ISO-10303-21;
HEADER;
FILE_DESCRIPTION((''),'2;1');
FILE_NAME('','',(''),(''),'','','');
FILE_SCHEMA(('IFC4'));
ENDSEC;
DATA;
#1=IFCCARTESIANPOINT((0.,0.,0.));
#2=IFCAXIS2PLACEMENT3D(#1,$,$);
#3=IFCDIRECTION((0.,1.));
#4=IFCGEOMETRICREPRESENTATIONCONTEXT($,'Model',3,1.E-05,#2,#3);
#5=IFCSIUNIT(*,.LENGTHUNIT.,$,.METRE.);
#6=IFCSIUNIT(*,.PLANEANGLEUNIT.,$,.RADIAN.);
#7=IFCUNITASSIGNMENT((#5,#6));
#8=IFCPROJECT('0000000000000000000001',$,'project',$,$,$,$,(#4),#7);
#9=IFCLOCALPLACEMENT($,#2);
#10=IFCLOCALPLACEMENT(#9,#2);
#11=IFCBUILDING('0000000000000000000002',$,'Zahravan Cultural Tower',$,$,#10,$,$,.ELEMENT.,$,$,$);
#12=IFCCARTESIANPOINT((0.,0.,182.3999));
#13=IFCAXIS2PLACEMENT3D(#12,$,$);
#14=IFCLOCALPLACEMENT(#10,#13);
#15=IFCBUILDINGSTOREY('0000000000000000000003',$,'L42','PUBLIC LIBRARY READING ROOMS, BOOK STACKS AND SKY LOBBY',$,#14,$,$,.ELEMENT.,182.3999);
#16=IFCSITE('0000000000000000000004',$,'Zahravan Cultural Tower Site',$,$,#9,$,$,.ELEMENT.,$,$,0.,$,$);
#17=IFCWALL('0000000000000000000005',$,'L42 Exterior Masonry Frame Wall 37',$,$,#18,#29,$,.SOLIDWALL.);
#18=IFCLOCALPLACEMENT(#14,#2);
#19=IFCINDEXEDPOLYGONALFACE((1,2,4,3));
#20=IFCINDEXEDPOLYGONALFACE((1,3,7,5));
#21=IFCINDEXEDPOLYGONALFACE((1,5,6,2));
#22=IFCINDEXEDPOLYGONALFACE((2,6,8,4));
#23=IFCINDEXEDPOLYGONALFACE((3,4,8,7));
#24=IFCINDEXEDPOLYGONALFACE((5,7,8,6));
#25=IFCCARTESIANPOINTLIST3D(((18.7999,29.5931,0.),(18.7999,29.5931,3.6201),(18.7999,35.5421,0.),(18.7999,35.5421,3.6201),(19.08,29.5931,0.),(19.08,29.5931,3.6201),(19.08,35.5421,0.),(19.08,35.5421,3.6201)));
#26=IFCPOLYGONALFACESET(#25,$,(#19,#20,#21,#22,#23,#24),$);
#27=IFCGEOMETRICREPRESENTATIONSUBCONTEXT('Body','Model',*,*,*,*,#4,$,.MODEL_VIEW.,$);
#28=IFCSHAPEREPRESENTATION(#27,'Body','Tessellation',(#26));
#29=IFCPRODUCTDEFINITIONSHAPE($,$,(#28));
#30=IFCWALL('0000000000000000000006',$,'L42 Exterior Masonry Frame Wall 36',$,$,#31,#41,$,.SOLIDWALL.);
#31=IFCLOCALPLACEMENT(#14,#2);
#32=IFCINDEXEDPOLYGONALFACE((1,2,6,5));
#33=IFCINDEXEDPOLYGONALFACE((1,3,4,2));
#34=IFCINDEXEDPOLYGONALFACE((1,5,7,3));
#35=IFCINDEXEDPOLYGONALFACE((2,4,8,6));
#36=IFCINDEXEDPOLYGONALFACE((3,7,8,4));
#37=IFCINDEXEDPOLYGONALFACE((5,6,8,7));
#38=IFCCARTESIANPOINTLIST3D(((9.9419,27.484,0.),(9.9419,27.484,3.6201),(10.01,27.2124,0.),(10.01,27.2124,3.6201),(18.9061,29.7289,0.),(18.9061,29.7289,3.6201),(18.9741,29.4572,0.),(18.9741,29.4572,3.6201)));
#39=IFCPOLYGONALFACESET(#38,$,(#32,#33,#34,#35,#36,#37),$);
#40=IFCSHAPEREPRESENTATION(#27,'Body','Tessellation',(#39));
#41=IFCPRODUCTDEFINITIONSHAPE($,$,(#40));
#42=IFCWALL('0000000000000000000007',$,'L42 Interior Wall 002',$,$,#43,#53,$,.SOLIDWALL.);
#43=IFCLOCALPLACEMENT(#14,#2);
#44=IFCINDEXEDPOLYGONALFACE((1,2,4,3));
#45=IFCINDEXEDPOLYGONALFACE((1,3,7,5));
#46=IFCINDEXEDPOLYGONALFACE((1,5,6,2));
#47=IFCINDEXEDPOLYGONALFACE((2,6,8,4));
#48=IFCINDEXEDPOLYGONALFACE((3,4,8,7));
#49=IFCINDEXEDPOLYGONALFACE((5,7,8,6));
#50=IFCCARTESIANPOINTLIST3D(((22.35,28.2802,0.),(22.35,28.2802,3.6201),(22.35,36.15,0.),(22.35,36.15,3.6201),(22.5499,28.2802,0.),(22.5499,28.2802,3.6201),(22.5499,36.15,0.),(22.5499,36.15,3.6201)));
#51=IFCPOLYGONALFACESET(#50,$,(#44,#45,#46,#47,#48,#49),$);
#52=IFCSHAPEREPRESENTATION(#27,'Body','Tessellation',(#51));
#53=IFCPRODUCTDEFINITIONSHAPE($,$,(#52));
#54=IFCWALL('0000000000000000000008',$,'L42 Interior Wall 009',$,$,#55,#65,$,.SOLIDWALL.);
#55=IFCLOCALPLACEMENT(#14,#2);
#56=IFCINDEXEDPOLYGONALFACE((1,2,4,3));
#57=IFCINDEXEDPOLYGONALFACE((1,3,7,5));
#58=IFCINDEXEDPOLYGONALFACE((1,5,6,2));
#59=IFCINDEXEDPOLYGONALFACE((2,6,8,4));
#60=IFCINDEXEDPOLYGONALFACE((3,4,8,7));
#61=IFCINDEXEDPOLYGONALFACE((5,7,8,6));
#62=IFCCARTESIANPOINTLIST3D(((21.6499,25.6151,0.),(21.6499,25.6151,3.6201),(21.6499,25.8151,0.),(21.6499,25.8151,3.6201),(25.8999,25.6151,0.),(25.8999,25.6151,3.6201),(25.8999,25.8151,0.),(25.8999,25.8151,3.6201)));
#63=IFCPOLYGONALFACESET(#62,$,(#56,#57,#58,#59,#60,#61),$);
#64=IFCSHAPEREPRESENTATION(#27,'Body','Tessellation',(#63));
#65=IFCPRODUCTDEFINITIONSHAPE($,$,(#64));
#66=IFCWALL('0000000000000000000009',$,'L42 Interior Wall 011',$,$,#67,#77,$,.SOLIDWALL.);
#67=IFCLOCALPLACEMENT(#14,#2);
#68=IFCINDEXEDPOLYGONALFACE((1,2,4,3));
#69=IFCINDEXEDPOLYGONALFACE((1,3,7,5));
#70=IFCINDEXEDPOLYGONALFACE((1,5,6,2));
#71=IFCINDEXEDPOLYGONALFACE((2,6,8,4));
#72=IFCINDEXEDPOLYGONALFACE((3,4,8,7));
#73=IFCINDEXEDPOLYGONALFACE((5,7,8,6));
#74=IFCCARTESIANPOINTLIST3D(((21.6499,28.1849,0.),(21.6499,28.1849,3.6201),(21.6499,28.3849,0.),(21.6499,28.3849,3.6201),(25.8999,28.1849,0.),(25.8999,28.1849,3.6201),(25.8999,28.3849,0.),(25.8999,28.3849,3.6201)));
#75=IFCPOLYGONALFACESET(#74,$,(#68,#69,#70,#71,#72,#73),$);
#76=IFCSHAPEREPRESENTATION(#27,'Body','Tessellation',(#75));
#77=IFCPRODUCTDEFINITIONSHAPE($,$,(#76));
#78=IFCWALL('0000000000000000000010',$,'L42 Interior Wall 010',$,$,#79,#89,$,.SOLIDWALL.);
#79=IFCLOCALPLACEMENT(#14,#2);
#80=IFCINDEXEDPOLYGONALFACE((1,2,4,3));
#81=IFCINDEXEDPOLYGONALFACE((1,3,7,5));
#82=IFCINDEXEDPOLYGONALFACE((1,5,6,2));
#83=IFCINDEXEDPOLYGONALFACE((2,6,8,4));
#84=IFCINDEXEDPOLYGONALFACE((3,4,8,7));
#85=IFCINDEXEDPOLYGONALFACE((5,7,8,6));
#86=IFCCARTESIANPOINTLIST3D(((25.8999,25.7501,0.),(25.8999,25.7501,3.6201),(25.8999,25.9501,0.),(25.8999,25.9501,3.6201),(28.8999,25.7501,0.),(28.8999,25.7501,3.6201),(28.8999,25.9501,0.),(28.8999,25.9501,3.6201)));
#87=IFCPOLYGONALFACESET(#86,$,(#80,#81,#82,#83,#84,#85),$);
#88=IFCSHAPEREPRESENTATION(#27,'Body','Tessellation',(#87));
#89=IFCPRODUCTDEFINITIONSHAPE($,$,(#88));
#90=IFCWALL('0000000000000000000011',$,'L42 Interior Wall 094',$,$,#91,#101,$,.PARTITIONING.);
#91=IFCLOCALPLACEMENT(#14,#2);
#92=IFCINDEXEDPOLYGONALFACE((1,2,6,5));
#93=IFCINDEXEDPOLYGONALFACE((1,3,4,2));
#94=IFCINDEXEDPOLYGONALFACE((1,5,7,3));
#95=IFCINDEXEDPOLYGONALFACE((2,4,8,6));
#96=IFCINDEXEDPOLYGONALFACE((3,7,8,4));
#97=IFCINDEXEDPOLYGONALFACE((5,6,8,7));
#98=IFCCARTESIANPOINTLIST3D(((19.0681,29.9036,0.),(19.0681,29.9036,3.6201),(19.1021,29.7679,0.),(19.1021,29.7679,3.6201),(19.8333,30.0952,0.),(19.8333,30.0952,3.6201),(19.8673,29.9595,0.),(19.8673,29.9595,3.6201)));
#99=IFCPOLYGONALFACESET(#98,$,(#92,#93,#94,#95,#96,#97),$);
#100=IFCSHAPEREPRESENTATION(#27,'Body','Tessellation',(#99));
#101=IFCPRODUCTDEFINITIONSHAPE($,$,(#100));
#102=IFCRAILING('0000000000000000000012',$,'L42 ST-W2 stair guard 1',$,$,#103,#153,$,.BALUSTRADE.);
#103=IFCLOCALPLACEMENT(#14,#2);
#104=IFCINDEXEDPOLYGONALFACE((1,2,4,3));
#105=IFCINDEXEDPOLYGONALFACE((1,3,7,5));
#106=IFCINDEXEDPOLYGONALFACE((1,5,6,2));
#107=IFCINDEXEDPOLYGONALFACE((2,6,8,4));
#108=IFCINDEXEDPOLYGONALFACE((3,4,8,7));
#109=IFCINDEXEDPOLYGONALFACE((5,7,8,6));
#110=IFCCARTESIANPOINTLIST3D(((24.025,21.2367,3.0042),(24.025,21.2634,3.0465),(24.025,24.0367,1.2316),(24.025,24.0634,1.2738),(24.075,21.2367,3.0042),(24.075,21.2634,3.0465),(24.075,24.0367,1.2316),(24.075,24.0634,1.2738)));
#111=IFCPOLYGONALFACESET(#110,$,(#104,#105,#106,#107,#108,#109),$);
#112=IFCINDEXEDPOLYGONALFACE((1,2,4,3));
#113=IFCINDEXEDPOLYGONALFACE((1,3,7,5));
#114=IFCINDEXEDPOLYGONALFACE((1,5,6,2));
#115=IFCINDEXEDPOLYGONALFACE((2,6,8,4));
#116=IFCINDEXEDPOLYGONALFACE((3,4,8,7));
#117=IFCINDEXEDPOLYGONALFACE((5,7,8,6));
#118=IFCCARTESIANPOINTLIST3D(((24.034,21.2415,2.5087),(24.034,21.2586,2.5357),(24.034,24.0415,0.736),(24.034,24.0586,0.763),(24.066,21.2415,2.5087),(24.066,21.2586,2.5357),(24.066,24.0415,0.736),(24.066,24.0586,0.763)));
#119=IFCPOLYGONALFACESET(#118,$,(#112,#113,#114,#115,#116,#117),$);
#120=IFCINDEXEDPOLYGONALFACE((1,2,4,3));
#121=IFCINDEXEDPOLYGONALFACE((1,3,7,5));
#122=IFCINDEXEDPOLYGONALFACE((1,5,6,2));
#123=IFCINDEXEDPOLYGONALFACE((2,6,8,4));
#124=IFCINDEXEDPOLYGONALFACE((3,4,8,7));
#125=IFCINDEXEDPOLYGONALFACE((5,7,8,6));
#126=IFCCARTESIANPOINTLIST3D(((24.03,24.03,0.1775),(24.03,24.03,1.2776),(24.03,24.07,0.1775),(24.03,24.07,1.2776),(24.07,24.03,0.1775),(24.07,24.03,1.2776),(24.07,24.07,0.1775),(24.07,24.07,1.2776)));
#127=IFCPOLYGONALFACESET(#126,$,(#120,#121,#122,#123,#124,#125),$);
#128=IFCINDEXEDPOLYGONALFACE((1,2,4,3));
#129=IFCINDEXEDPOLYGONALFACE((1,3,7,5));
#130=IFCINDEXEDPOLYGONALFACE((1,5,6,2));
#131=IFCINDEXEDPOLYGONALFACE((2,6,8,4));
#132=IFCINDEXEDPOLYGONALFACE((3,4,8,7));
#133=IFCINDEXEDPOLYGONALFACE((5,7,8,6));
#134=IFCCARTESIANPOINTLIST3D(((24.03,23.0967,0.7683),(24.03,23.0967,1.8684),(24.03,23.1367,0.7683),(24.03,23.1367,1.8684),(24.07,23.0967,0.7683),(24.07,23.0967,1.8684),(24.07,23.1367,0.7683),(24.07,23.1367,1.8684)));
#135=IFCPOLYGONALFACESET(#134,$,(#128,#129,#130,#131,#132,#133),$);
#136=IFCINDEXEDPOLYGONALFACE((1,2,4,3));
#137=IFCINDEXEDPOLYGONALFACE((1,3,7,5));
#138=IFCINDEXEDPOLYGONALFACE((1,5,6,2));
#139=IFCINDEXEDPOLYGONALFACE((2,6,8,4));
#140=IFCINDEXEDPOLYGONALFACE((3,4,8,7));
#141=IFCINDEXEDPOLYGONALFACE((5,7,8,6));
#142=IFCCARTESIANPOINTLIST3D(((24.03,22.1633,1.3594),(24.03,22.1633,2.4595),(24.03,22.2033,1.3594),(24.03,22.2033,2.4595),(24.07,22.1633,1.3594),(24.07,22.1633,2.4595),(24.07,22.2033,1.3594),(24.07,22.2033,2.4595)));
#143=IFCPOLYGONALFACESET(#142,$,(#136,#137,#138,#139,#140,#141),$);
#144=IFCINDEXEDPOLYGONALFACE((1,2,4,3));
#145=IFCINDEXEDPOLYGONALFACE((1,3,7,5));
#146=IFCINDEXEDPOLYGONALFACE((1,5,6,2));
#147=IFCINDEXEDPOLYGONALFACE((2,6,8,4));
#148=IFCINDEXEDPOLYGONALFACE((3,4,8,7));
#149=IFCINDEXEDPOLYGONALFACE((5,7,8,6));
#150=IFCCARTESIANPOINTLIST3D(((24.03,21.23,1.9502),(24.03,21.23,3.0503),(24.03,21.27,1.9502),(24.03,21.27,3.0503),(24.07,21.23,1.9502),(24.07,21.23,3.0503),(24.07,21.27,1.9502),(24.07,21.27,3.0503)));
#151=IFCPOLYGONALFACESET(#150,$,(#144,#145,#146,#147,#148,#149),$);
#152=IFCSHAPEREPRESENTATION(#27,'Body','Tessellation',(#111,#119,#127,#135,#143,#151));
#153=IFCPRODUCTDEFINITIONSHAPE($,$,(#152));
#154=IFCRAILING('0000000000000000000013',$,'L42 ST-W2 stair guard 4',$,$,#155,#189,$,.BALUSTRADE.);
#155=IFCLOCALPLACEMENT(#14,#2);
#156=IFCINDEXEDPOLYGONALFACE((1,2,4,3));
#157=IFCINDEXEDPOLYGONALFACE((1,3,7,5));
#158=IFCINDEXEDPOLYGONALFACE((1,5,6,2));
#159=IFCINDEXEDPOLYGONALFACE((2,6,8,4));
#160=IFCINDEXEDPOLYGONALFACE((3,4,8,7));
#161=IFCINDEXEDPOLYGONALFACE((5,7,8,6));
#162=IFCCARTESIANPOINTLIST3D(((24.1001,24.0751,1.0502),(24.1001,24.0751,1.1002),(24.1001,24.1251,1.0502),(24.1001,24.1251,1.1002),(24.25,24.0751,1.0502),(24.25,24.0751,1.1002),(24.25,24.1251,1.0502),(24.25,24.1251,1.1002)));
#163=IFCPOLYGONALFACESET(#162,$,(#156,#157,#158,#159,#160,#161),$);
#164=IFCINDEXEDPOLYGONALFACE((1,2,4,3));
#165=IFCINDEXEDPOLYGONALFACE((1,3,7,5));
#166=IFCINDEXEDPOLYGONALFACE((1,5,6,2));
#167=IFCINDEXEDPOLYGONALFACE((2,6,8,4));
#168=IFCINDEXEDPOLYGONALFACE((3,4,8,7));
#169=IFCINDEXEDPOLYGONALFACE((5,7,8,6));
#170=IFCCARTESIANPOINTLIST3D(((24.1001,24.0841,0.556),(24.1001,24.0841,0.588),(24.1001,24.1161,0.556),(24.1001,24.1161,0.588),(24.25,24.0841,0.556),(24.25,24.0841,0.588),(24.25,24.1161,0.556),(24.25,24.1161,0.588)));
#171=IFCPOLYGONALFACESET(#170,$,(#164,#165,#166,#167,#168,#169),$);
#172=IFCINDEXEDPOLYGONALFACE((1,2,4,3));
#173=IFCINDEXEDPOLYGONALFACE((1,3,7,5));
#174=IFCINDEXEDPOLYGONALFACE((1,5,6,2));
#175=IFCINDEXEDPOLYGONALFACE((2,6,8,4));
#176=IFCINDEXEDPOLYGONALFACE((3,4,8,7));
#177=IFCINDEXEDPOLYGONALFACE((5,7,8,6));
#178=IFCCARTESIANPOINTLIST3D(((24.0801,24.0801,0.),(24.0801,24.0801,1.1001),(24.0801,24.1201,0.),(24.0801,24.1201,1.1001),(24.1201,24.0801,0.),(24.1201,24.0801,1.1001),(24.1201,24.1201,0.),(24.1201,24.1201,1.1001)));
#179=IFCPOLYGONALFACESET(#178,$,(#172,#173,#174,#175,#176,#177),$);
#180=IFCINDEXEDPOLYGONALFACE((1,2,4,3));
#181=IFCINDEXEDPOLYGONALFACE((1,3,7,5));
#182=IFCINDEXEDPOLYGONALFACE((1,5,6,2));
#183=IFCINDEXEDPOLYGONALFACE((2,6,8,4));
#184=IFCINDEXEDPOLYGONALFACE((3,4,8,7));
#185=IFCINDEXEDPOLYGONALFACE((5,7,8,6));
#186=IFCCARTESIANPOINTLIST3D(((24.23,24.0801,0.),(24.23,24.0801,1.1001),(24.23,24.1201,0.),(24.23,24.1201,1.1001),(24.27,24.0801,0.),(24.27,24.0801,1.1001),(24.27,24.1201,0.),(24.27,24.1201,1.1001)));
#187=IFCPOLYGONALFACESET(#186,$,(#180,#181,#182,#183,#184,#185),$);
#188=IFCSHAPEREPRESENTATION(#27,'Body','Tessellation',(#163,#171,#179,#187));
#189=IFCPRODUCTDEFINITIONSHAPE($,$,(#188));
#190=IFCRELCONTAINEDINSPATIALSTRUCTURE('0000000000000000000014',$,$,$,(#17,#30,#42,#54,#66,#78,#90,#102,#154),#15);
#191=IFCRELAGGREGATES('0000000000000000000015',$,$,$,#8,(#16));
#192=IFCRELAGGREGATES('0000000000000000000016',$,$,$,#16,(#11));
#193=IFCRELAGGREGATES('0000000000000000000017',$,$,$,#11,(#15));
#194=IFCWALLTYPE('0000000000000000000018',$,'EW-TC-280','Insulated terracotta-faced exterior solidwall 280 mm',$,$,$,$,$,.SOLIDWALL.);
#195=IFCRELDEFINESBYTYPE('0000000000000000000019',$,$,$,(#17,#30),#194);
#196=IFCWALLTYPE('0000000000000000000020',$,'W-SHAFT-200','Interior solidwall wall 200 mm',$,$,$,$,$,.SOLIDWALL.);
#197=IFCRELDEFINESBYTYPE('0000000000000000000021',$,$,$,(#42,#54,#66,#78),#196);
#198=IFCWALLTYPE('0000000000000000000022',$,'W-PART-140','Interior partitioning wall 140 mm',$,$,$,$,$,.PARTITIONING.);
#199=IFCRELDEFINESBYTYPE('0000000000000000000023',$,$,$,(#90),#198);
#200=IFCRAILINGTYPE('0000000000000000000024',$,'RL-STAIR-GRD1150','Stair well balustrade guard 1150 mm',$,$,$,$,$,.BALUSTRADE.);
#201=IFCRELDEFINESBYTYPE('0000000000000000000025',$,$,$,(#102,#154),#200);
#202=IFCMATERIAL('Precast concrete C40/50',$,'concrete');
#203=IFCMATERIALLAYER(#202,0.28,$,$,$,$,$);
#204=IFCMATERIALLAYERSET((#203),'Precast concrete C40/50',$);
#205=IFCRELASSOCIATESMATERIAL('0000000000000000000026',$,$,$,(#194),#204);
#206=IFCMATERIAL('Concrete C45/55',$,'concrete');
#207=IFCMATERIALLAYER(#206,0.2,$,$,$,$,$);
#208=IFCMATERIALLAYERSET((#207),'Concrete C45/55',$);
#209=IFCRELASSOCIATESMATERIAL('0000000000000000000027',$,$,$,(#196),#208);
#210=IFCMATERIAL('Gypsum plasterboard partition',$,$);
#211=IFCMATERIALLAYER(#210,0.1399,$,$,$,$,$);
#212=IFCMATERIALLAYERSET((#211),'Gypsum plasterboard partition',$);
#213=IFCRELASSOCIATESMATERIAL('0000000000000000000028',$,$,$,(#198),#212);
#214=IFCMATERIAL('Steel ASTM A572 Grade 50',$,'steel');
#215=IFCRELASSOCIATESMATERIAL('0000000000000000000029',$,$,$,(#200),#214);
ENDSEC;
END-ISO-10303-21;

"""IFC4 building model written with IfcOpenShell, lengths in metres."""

from ifc_helpers import new_model, si_unit, direction, frame, frame_2d, origin, origin_2d, place, context, subcontext, project, spatial, rectangle, extrude, source, transform, mapped, material, layer, layer_set, type_object, element, save


model = new_model("IFC4")

# Units and contexts
model_context = context("Model", 3, precision=1e-05, world=origin(), true_north=direction((0.0, 1.0)))
body_context = subcontext(model_context, "Body", "Model", "MODEL_VIEW")
ifc_project = project(units=[si_unit("LENGTHUNIT", "METRE"), si_unit("PLANEANGLEUNIT", "RADIAN")], contexts=[model_context])

# Site, building, storey
site_placement = place(None, origin())
site = spatial("IfcSite", under=ifc_project, at=site_placement, Name="Zahravan Cultural Tower Site", CompositionType="ELEMENT", RefElevation=0.0)
building_placement = place(site_placement, origin())
building = spatial("IfcBuilding", under=site, at=building_placement, Name="Zahravan Cultural Tower", CompositionType="ELEMENT")
storey_placement = place(building_placement, frame((0.0, 0.0, 182.3999)))
storey = spatial("IfcBuildingStorey", under=building, at=storey_placement, Name="L42", Description="PUBLIC LIBRARY READING ROOMS, BOOK STACKS AND SKY LOBBY", CompositionType="ELEMENT", Elevation=182.3999)

# Walls
ifc_material_1 = material(Name="Precast concrete C40/50", Category="concrete")
ifc_layer_1 = layer(ifc_material_1, 0.28)
ifc_layer_set_1 = layer_set([ifc_layer_1], Name="Precast concrete C40/50")
wall_type_1 = type_object("IfcWallType", Name="EW-TC-280", Description="Insulated terracotta-faced exterior solidwall 280 mm", PredefinedType="SOLIDWALL", material=ifc_layer_set_1)
shared_shape_1 = source(origin(), body_context, "Body", "SweptSolid", [
    extrude(rectangle(XDim=5.949, YDim=0.28, at=frame_2d((2.9746, 0.0))), origin(), (0.0, 0.0, 1.0), 3.6201),
])
wall_1_placement = place(storey_placement, frame((18.9399, 29.593, 0.0), z_axis=(0.0, 0.0, 1.0), x_axis=(0.0, 1.0, 0.0)))
element("IfcWall", 1, at=wall_1_placement, inside=storey, type_object=wall_type_1, Name="L42 Exterior Masonry Frame Wall 37", PredefinedType="SOLIDWALL", context=body_context, shape_type="MappedRepresentation", body=[
    mapped(shared_shape_1, transform((0.0, 0.0, 0.0), x_axis=(1.0, 0.0, 0.0), y_axis=(0.0, 1.0, 0.0), z_axis=(0.0, 0.0, 1.0), scale=1.0)),
])
shared_shape_2 = source(origin(), body_context, "Body", "SweptSolid", [
    extrude(rectangle(XDim=9.241, YDim=0.28, at=frame_2d((4.6206, 0.0))), origin(), (0.0, 0.0, 1.0), 3.6201),
])
wall_2_placement = place(storey_placement, frame((9.9758, 27.3481, 0.0), z_axis=(0.0, 0.0, 1.0), x_axis=(0.970045, 0.242927, 0.0)))
element("IfcWall", 2, at=wall_2_placement, inside=storey, type_object=wall_type_1, Name="L42 Exterior Masonry Frame Wall 36", PredefinedType="SOLIDWALL", context=body_context, shape_type="MappedRepresentation", body=[
    mapped(shared_shape_2, transform((0.0, 0.0, 0.0), x_axis=(1.0, 0.0, 0.0), y_axis=(0.0, 1.0, 0.0), z_axis=(0.0, 0.0, 1.0), scale=1.0)),
])
ifc_material_2 = material(Name="Concrete C45/55", Category="concrete")
ifc_layer_2 = layer(ifc_material_2, 0.2)
ifc_layer_set_2 = layer_set([ifc_layer_2], Name="Concrete C45/55")
wall_type_2 = type_object("IfcWallType", Name="W-SHAFT-200", Description="Interior solidwall wall 200 mm", PredefinedType="SOLIDWALL", material=ifc_layer_set_2)
shared_shape_3 = source(origin(), body_context, "Body", "SweptSolid", [
    extrude(rectangle(XDim=7.8699, YDim=0.2, at=frame_2d((3.9351, 0.0))), origin(), (0.0, 0.0, 1.0), 3.6201),
])
wall_3_placement = place(storey_placement, frame((22.45, 28.28, 0.0), z_axis=(0.0, 0.0, 1.0), x_axis=(0.0, 1.0, 0.0)))
element("IfcWall", 3, at=wall_3_placement, inside=storey, type_object=wall_type_2, Name="L42 Interior Wall 002", PredefinedType="SOLIDWALL", context=body_context, shape_type="MappedRepresentation", body=[
    mapped(shared_shape_3, transform((0.0, 0.0, 0.0), x_axis=(1.0, 0.0, 0.0), y_axis=(0.0, 1.0, 0.0), z_axis=(0.0, 0.0, 1.0), scale=1.0)),
])
shared_shape_4 = source(origin(), body_context, "Body", "SweptSolid", [
    extrude(rectangle(XDim=4.25, YDim=0.2, at=frame_2d((2.125, 0.0))), origin(), (0.0, 0.0, 1.0), 3.6201),
])
for number, where, z_axis, x_axis, name in (
    (4, (21.6499, 25.7151, 0.0), (0.0, 0.0, 1.0), (1.0, 0.0, 0.0), "L42 Interior Wall 009"),
    (5, (21.6499, 28.2849, 0.0), (0.0, 0.0, 1.0), (1.0, 0.0, 0.0), "L42 Interior Wall 011"),
):
    element("IfcWall", number, at=place(storey_placement, frame(where, z_axis=z_axis, x_axis=x_axis)), inside=storey, type_object=wall_type_2, Name=name, PredefinedType="SOLIDWALL", context=body_context, shape_type="MappedRepresentation", body=[
        mapped(shared_shape_4, transform((0.0, 0.0, 0.0), x_axis=(1.0, 0.0, 0.0), y_axis=(0.0, 1.0, 0.0), z_axis=(0.0, 0.0, 1.0), scale=1.0)),
    ])
shared_shape_5 = source(origin(), body_context, "Body", "SweptSolid", [
    extrude(rectangle(XDim=3.0, YDim=0.2, at=frame_2d((1.5, 0.0))), origin(), (0.0, 0.0, 1.0), 3.6201),
])
wall_4_placement = place(storey_placement, frame((25.8999, 25.8501, 0.0), z_axis=(0.0, 0.0, 1.0), x_axis=(1.0, 0.0, 0.0)))
element("IfcWall", 6, at=wall_4_placement, inside=storey, type_object=wall_type_2, Name="L42 Interior Wall 010", PredefinedType="SOLIDWALL", context=body_context, shape_type="MappedRepresentation", body=[
    mapped(shared_shape_5, transform((0.0, 0.0, 0.0), x_axis=(1.0, 0.0, 0.0), y_axis=(0.0, 1.0, 0.0), z_axis=(0.0, 0.0, 1.0), scale=1.0)),
])
ifc_material_3 = material(Name="Gypsum plasterboard partition")
ifc_layer_3 = layer(ifc_material_3, 0.1399)
ifc_layer_set_3 = layer_set([ifc_layer_3], Name="Gypsum plasterboard partition")
wall_type_3 = type_object("IfcWallType", Name="W-PART-140", Description="Interior partitioning wall 140 mm", PredefinedType="PARTITIONING", material=ifc_layer_set_3)
shared_shape_6 = source(origin(), body_context, "Body", "SweptSolid", [
    extrude(rectangle(XDim=0.7888, YDim=0.1399, at=frame_2d((0.3945, 0.0))), origin(), (0.0, 0.0, 1.0), 3.6201),
])
wall_5_placement = place(storey_placement, frame((19.085, 29.8357, 0.0), z_axis=(0.0, 0.0, 1.0), x_axis=(0.970033, 0.242973, 0.0)))
element("IfcWall", 7, at=wall_5_placement, inside=storey, type_object=wall_type_3, Name="L42 Interior Wall 094", PredefinedType="PARTITIONING", context=body_context, shape_type="MappedRepresentation", body=[
    mapped(shared_shape_6, transform((0.0, 0.0, 0.0), x_axis=(1.0, 0.0, 0.0), y_axis=(0.0, 1.0, 0.0), z_axis=(0.0, 0.0, 1.0), scale=1.0)),
])

# Railings
ifc_material_4 = material(Name="Steel ASTM A572 Grade 50", Category="steel")
railing_type = type_object("IfcRailingType", Name="RL-STAIR-GRD1150", Description="Stair well balustrade guard 1150 mm", PredefinedType="BALUSTRADE", material=ifc_material_4)
railing_1_placement = place(storey_placement, frame((24.05, 24.05, 0.1775)))
element("IfcRailing", 8, at=railing_1_placement, inside=storey, type_object=railing_type, Name="L42 ST-W2 stair guard 1", PredefinedType="BALUSTRADE", context=body_context, shape_type="SweptSolid", body=[
    extrude(rectangle(XDim=0.05, YDim=0.05, at=origin_2d()), frame((0.0, 0.0, 1.0752), z_axis=(0.0, -0.844909, 0.53491), x_axis=(1.0, 0.0, 0.0)), (0.0, 0.0, 1.0), 3.314),
    extrude(rectangle(XDim=0.032, YDim=0.032, at=origin_2d()), frame((0.0, 0.0, 0.572), z_axis=(0.0, -0.844909, 0.53491), x_axis=(1.0, 0.0, 0.0)), (0.0, 0.0, 1.0), 3.314),
    extrude(rectangle(XDim=0.04, YDim=0.04, at=origin_2d()), origin(), (0.0, 0.0, 1.0), 1.1001),
    extrude(rectangle(XDim=0.04, YDim=0.04, at=origin_2d()), frame((0.0, -0.9333, 0.5908)), (0.0, 0.0, 1.0), 1.1001),
    extrude(rectangle(XDim=0.04, YDim=0.04, at=origin_2d()), frame((0.0, -1.8667, 1.1819)), (0.0, 0.0, 1.0), 1.1001),
    extrude(rectangle(XDim=0.04, YDim=0.04, at=origin_2d()), frame((0.0, -2.8, 1.7727)), (0.0, 0.0, 1.0), 1.1001),
])
railing_2_placement = place(storey_placement, frame((24.1001, 24.1001, 0.0)))
element("IfcRailing", 9, at=railing_2_placement, inside=storey, type_object=railing_type, Name="L42 ST-W2 stair guard 4", PredefinedType="BALUSTRADE", context=body_context, shape_type="SweptSolid", body=[
    extrude(rectangle(XDim=0.05, YDim=0.05, at=origin_2d()), frame((0.0, 0.0, 1.0752), z_axis=(1.0, 0.0, 0.0), x_axis=(0.0, 1.0, 0.0)), (0.0, 0.0, 1.0), 0.1499),
    extrude(rectangle(XDim=0.032, YDim=0.032, at=origin_2d()), frame((0.0, 0.0, 0.572), z_axis=(1.0, 0.0, 0.0), x_axis=(0.0, 1.0, 0.0)), (0.0, 0.0, 1.0), 0.1499),
    extrude(rectangle(XDim=0.04, YDim=0.04, at=origin_2d()), origin(), (0.0, 0.0, 1.0), 1.1001),
    extrude(rectangle(XDim=0.04, YDim=0.04, at=origin_2d()), frame((0.1499, 0.0, 0.0)), (0.0, 0.0, 1.0), 1.1001),
])

save(model, "model.ifc")
